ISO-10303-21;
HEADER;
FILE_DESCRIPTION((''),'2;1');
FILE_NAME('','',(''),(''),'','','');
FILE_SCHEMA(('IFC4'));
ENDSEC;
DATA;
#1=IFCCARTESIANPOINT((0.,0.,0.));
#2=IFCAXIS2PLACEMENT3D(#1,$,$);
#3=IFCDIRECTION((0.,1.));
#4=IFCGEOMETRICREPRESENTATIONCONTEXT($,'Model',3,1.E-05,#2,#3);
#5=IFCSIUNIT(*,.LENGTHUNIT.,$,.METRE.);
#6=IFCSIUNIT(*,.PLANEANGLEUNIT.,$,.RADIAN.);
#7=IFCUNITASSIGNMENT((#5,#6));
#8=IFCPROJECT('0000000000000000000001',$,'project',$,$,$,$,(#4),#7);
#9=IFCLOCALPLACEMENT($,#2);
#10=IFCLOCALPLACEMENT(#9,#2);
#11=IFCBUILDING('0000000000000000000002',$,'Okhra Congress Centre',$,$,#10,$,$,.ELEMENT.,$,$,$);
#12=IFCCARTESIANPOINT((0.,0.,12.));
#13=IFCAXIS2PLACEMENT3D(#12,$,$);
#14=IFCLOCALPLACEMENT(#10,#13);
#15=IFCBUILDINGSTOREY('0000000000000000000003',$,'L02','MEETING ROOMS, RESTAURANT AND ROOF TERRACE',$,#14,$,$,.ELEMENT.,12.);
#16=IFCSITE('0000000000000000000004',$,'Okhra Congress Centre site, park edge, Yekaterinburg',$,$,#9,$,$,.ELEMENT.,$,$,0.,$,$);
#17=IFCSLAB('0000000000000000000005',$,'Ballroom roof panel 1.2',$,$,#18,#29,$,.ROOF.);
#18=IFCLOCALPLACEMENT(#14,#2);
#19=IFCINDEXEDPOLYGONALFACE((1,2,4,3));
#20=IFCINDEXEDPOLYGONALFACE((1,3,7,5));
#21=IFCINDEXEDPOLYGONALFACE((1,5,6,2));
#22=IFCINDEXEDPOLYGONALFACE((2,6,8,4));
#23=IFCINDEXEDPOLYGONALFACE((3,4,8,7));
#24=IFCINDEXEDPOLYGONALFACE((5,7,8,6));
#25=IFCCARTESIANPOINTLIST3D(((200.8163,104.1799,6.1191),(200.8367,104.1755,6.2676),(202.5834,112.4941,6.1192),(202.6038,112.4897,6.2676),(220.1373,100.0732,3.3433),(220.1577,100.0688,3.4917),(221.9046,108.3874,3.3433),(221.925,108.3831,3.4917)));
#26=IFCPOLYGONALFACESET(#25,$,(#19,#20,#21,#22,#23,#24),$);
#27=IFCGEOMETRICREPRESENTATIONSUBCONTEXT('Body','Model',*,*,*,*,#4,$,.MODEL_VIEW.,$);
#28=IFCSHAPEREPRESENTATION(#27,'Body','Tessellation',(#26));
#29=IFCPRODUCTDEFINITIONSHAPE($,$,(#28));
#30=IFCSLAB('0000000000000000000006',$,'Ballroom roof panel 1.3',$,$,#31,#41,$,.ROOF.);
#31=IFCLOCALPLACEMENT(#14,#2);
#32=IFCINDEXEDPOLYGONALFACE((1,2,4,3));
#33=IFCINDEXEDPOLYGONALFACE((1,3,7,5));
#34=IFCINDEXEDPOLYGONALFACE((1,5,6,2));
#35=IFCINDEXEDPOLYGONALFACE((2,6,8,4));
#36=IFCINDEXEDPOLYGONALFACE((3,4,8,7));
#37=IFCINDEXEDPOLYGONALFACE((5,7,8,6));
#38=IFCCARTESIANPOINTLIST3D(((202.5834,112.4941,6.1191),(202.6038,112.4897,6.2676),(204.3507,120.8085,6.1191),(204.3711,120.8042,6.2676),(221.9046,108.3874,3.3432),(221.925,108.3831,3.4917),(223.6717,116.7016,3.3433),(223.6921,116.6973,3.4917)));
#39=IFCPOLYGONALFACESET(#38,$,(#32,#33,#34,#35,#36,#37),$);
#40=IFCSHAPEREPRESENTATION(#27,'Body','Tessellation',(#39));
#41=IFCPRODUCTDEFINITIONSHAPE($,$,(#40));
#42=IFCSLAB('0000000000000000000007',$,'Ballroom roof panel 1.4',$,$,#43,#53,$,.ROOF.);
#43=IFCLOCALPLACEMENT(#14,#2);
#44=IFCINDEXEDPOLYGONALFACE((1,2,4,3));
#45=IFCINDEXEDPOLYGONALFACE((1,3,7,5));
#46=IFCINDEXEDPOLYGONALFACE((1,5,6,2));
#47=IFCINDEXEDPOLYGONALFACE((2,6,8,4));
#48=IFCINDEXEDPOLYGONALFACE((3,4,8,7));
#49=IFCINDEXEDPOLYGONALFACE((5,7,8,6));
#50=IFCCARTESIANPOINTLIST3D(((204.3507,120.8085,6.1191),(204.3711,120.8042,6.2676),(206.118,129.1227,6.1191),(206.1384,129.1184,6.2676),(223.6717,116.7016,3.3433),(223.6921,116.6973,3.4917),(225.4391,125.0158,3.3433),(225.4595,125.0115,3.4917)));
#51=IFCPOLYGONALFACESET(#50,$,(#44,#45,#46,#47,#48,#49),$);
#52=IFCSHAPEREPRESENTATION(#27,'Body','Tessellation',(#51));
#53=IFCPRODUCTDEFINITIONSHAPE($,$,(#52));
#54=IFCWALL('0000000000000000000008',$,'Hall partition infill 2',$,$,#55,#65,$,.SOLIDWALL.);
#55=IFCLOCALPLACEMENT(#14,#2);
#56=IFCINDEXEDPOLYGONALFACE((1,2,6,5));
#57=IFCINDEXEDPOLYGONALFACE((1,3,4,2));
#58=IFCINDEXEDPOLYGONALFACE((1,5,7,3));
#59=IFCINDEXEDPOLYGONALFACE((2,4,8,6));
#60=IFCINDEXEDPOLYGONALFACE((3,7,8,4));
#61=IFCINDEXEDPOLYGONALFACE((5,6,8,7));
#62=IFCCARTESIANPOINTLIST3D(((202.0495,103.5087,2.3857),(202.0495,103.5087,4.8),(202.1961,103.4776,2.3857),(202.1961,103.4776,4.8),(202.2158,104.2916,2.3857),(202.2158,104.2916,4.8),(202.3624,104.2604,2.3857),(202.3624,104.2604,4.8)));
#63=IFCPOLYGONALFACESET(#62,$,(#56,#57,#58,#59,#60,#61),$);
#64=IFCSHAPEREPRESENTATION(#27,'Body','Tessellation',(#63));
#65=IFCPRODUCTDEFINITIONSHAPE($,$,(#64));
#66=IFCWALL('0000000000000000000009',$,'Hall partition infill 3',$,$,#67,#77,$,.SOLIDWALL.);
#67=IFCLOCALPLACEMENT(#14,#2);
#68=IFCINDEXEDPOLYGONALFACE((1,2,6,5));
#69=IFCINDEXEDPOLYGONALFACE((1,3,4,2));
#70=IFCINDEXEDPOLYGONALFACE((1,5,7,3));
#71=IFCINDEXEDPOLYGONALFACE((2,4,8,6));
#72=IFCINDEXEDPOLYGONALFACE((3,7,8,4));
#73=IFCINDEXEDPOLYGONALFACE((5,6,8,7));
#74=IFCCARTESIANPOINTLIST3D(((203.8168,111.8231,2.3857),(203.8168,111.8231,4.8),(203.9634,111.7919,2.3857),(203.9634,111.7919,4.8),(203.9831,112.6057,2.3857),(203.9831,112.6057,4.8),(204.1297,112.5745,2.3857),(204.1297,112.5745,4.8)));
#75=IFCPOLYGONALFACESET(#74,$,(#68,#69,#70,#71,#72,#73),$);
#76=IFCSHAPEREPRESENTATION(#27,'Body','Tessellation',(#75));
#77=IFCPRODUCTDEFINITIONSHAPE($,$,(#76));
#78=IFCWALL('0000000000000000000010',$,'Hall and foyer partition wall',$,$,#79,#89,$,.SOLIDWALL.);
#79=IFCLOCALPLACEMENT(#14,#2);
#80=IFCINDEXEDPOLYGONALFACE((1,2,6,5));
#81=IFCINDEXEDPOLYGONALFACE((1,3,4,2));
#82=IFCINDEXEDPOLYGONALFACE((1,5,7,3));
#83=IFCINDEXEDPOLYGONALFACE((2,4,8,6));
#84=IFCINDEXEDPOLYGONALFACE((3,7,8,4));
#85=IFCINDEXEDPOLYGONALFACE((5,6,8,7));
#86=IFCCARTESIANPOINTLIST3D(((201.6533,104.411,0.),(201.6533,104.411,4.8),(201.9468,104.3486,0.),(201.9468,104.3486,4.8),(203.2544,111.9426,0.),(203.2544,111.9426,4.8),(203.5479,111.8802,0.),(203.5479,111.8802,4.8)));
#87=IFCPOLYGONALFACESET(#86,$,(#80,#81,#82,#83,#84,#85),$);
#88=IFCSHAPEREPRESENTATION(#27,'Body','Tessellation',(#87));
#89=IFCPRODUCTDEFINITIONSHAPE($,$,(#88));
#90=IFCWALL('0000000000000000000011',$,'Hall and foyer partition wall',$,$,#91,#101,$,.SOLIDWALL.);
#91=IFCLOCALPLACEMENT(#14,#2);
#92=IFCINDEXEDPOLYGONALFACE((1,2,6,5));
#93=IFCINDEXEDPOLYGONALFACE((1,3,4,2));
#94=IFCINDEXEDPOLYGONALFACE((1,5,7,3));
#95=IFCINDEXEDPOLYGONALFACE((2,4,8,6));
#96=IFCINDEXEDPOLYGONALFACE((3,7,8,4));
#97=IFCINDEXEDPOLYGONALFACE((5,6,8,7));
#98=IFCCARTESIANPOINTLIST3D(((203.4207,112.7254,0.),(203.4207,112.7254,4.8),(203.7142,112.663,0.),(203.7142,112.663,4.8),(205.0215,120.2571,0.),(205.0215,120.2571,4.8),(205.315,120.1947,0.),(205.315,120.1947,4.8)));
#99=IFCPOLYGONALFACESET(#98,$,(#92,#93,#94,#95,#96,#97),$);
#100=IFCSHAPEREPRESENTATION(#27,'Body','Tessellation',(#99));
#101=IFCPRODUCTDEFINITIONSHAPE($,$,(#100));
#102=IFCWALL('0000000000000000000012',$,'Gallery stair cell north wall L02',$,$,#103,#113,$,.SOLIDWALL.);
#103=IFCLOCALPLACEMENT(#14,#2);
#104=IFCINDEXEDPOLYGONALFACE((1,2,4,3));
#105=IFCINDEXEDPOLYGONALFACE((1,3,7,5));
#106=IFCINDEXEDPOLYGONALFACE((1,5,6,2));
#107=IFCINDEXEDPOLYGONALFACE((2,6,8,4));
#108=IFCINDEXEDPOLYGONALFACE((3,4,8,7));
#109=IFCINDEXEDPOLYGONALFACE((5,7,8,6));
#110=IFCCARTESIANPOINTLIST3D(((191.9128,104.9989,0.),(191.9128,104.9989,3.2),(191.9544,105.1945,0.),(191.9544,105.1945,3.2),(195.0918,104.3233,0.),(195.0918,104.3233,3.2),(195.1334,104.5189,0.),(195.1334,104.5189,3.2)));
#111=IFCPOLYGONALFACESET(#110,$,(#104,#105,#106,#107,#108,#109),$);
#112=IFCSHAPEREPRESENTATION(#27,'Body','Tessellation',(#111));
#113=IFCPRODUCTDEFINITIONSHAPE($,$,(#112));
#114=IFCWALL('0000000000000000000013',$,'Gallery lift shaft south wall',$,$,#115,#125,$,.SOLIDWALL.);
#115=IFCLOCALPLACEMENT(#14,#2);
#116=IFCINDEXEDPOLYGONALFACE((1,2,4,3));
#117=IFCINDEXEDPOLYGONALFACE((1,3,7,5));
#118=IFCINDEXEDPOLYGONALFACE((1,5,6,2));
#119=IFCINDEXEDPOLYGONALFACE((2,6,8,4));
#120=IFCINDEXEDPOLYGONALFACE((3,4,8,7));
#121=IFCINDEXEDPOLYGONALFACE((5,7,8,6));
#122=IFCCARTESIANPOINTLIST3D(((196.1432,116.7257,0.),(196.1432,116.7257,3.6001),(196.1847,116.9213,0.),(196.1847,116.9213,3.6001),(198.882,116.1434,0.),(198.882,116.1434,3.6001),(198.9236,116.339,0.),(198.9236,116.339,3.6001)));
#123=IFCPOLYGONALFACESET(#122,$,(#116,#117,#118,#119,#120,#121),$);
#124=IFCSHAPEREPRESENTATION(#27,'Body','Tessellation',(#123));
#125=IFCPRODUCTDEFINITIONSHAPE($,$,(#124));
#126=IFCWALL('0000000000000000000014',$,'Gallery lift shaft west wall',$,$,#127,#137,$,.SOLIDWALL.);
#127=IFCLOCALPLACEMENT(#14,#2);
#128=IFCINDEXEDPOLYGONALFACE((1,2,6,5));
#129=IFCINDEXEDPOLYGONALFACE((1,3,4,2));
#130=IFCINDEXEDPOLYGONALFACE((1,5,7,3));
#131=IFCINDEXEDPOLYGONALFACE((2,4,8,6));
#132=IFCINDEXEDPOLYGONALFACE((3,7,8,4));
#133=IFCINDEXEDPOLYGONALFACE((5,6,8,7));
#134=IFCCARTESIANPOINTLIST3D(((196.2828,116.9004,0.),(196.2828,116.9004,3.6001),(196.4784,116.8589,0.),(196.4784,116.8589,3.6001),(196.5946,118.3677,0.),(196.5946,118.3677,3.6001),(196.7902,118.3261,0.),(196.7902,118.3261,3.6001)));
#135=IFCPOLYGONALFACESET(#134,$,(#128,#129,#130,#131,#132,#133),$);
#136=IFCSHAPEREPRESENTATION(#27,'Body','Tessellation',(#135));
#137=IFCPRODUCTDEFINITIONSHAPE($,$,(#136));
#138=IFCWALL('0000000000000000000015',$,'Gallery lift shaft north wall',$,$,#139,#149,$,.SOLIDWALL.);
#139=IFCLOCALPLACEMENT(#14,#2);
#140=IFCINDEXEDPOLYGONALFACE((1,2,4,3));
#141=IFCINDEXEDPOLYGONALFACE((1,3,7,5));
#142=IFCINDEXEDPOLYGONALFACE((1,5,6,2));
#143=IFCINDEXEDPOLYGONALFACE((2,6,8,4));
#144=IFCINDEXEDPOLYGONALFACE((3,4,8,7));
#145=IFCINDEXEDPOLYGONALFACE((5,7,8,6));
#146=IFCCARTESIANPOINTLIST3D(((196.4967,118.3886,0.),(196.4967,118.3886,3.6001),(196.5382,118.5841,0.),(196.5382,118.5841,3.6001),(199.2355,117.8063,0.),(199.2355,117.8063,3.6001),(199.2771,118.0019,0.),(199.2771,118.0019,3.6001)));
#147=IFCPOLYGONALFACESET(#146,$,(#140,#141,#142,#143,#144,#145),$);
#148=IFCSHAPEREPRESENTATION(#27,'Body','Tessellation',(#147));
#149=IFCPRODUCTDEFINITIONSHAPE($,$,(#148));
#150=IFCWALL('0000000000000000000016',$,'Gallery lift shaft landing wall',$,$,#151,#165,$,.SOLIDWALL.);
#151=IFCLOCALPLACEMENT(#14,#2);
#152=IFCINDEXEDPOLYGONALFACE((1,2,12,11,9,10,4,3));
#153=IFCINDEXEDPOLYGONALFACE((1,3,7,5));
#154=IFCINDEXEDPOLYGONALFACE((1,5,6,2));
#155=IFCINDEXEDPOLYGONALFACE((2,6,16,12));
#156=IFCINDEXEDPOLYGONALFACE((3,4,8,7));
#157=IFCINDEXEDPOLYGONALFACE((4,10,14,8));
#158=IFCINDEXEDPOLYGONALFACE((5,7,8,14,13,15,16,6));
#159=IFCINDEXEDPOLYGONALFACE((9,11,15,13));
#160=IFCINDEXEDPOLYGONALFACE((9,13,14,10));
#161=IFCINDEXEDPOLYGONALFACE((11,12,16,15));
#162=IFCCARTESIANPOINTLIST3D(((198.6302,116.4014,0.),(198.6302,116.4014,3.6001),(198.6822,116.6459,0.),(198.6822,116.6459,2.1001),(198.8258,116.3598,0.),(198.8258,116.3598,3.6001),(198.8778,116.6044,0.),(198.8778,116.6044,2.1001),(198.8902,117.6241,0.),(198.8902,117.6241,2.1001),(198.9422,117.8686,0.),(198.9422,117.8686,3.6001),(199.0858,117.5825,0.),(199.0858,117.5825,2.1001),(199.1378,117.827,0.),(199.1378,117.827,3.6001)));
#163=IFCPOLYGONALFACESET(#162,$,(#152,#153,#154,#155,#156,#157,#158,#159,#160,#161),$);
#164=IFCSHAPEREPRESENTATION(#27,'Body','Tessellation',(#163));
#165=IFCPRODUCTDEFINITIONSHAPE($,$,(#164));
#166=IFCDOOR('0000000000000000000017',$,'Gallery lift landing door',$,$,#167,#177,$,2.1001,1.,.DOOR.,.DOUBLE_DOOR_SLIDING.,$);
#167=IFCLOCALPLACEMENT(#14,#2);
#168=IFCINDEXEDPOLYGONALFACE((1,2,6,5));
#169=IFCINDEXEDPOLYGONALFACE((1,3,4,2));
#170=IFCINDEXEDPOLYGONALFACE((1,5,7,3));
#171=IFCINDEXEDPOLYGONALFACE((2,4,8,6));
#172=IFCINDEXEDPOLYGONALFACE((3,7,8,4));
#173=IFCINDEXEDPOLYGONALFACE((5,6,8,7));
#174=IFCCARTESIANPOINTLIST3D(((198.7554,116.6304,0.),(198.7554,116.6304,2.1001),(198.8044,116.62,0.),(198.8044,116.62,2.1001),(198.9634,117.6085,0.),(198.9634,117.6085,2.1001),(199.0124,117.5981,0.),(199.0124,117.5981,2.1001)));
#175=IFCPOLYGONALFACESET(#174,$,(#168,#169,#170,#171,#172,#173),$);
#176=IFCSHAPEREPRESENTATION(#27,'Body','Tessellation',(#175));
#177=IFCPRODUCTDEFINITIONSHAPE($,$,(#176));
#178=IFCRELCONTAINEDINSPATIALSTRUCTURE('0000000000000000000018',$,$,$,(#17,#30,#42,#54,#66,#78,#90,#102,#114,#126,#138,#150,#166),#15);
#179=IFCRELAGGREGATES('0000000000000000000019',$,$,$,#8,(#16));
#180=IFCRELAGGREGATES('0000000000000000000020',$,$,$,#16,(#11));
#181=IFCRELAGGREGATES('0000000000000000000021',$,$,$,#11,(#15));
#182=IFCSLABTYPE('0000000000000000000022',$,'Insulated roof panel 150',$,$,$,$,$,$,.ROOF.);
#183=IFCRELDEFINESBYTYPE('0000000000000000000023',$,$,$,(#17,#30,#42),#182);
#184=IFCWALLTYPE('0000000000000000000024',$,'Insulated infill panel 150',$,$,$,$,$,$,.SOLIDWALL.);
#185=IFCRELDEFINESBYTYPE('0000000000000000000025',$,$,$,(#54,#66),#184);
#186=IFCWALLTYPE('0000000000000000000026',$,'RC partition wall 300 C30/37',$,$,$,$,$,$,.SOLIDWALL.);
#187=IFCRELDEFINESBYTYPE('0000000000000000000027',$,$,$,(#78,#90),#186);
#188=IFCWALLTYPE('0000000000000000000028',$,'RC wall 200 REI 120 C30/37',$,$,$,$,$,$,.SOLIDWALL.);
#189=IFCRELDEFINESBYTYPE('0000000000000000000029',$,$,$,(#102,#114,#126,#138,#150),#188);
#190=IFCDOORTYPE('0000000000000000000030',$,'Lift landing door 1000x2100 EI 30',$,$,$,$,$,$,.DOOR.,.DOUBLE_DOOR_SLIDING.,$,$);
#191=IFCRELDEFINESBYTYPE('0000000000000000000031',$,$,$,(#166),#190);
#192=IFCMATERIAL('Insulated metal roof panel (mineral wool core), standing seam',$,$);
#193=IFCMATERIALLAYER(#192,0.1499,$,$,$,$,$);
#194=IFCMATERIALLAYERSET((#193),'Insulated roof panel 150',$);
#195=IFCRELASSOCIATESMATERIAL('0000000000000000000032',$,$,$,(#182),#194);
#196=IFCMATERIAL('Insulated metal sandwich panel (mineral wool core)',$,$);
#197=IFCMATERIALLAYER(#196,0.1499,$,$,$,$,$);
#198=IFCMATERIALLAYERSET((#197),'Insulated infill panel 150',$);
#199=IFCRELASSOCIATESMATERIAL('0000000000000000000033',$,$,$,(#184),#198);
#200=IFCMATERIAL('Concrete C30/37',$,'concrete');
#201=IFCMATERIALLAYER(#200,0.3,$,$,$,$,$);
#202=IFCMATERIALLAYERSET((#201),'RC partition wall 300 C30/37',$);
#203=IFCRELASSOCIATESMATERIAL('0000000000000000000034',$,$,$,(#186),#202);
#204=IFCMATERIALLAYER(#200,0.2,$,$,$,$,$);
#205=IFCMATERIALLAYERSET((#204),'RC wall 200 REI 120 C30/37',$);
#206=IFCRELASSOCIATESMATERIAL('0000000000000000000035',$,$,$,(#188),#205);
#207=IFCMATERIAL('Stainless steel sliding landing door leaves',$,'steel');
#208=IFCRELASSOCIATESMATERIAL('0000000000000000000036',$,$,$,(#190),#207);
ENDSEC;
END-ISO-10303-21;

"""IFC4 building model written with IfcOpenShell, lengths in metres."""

from ifc_helpers import new_model, si_unit, direction, frame, frame_2d, origin, place, context, subcontext, project, spatial, polyline, rectangle, outline, extrude, material, layer, layer_set, type_object, element, fill, save


model = new_model("IFC4")

# Units and contexts
model_context = context("Model", 3, precision=1e-05, world=origin(), true_north=direction((0.0, 1.0)))
body_context = subcontext(model_context, "Body", "Model", "MODEL_VIEW")
ifc_project = project(units=[si_unit("LENGTHUNIT", "METRE"), si_unit("PLANEANGLEUNIT", "RADIAN")], contexts=[model_context])

# Site, building, storey
site_placement = place(None, origin())
site = spatial("IfcSite", under=ifc_project, at=site_placement, Name="Okhra Congress Centre site, park edge, Yekaterinburg", CompositionType="ELEMENT", RefElevation=0.0)
building_placement = place(site_placement, origin())
building = spatial("IfcBuilding", under=site, at=building_placement, Name="Okhra Congress Centre", CompositionType="ELEMENT")
storey_placement = place(building_placement, frame((0.0, 0.0, 12.0)))
storey = spatial("IfcBuildingStorey", under=building, at=storey_placement, Name="L02", Description="MEETING ROOMS, RESTAURANT AND ROOF TERRACE", CompositionType="ELEMENT", Elevation=12.0)

# Slabs
ifc_material_1 = material(Name="Insulated metal roof panel (mineral wool core), standing seam")
ifc_layer_1 = layer(ifc_material_1, 0.1499)
ifc_layer_set_1 = layer_set([ifc_layer_1], Name="Insulated roof panel 150")
slab_type = type_object("IfcSlabType", Name="Insulated roof panel 150", PredefinedType="ROOF", material=ifc_layer_set_1)
slab_1_placement = place(storey_placement, frame((200.8367, 104.1755, 6.2676), z_axis=(0.136123, -0.028933, 0.990269), x_axis=(0.968631, -0.205883, -0.139164)))
element("IfcSlab", 1, at=slab_1_placement, inside=storey, type_object=slab_type, Name="Ballroom roof panel 1.2", PredefinedType="ROOF", context=body_context, shape_type="SweptSolid", body=[
    extrude(outline(polyline([(0.0, 0.0), (19.9468, 0.0), (19.9469, 8.5), (-0.0001, 8.4999), (0.0, 0.0)])), origin(), (0.0, 0.0, -1.0), 0.1499),
])
slab_2_placement = place(storey_placement, frame((202.6038, 112.4897, 6.2676), z_axis=(0.136123, -0.028933, 0.990269), x_axis=(0.968631, -0.20588, -0.139163)))
element("IfcSlab", 2, at=slab_2_placement, inside=storey, type_object=slab_type, Name="Ballroom roof panel 1.3", PredefinedType="ROOF", context=body_context, shape_type="SweptSolid", body=[
    extrude(outline(polyline([(0.0, 0.0), (19.947, 0.0), (19.9469, 8.4999), (0.0001, 8.5002), (0.0, 0.0)])), origin(), (0.0, 0.0, -1.0), 0.1499),
])
slab_3_placement = place(storey_placement, frame((204.3711, 120.8042, 6.2676), z_axis=(0.136123, -0.028935, 0.990269), x_axis=(0.968628, -0.205894, -0.139164)))
element("IfcSlab", 3, at=slab_3_placement, inside=storey, type_object=slab_type, Name="Ballroom roof panel 1.4", PredefinedType="ROOF", context=body_context, shape_type="SweptSolid", body=[
    extrude(outline(polyline([(0.0, 0.0), (19.9468, 0.0), (19.9469, 8.5), (0.0, 8.5), (0.0, 0.0)])), origin(), (0.0, 0.0, -1.0), 0.1499),
])

# Walls
ifc_material_2 = material(Name="Insulated metal sandwich panel (mineral wool core)")
ifc_layer_2 = layer(ifc_material_2, 0.1499)
ifc_layer_set_2 = layer_set([ifc_layer_2], Name="Insulated infill panel 150")
wall_type_1 = type_object("IfcWallType", Name="Insulated infill panel 150", PredefinedType="SOLIDWALL", material=ifc_layer_set_2)
wall_1_placement = place(storey_placement, frame((202.1228, 103.4932, 2.3857), z_axis=(0.0, 0.0, 1.0), x_axis=(0.207778, 0.978176, 0.0)))
element("IfcWall", 4, at=wall_1_placement, inside=storey, type_object=wall_type_1, Name="Hall partition infill 2", PredefinedType="SOLIDWALL", context=body_context, shape_type="SweptSolid", body=[
    extrude(rectangle(XDim=0.8003, YDim=0.1499, at=frame_2d((0.4001, 0.0))), origin(), (0.0, 0.0, 1.0), 2.4143),
])
wall_2_placement = place(storey_placement, frame((203.8901, 111.8076, 2.3857), z_axis=(0.0, 0.0, 1.0), x_axis=(0.207841, 0.978163, 0.0)))
element("IfcWall", 5, at=wall_2_placement, inside=storey, type_object=wall_type_1, Name="Hall partition infill 3", PredefinedType="SOLIDWALL", context=body_context, shape_type="SweptSolid", body=[
    extrude(rectangle(XDim=0.8, YDim=0.1499, at=frame_2d((0.3999, 0.0))), origin(), (0.0, 0.0, 1.0), 2.4143),
])
ifc_material_3 = material(Name="Concrete C30/37", Category="concrete")
ifc_layer_3 = layer(ifc_material_3, 0.3)
ifc_layer_set_3 = layer_set([ifc_layer_3], Name="RC partition wall 300 C30/37")
wall_type_2 = type_object("IfcWallType", Name="RC partition wall 300 C30/37", PredefinedType="SOLIDWALL", material=ifc_layer_set_3)
for number, where, z_axis, x_axis, name in (
    (6, (201.8, 104.3796, 0.0), (0.0, 0.0, 1.0), (0.207931, 0.978144, 0.0), "Hall and foyer partition wall"),
    (7, (203.5674, 112.6941, 0.0), (0.0, 0.0, 1.0), (0.2079, 0.97815, 0.0), "Hall and foyer partition wall"),
):
    element("IfcWall", number, at=place(storey_placement, frame(where, z_axis=z_axis, x_axis=x_axis)), inside=storey, type_object=wall_type_2, Name=name, PredefinedType="SOLIDWALL", context=body_context, shape_type="SweptSolid", body=[
        extrude(rectangle(XDim=7.7, YDim=0.3, at=frame_2d((3.8501, 0.0))), origin(), (0.0, 0.0, 1.0), 4.8),
    ])
ifc_layer_4 = layer(ifc_material_3, 0.2)
ifc_layer_set_4 = layer_set([ifc_layer_4], Name="RC wall 200 REI 120 C30/37")
wall_type_3 = type_object("IfcWallType", Name="RC wall 200 REI 120 C30/37", PredefinedType="SOLIDWALL", material=ifc_layer_set_4)
wall_3_placement = place(storey_placement, frame((191.9336, 105.0967, 0.0), z_axis=(0.0, 0.0, 1.0), x_axis=(0.978158, -0.207861, 0.0)))
element("IfcWall", 8, at=wall_3_placement, inside=storey, type_object=wall_type_3, Name="Gallery stair cell north wall L02", PredefinedType="SOLIDWALL", context=body_context, shape_type="SweptSolid", body=[
    extrude(rectangle(XDim=3.25, YDim=0.2, at=frame_2d((1.625, 0.0))), origin(), (0.0, 0.0, 1.0), 3.2),
])
wall_4_placement = place(storey_placement, frame((196.1641, 116.8235, 0.0), z_axis=(0.0, 0.0, 1.0), x_axis=(0.978138, -0.207957, 0.0)))
element("IfcWall", 9, at=wall_4_placement, inside=storey, type_object=wall_type_3, Name="Gallery lift shaft south wall", PredefinedType="SOLIDWALL", context=body_context, shape_type="SweptSolid", body=[
    extrude(rectangle(XDim=2.8, YDim=0.2, at=frame_2d((1.3999, 0.0))), origin(), (0.0, 0.0, 1.0), 3.6001),
])
wall_5_placement = place(storey_placement, frame((196.3806, 116.8796, 0.0), z_axis=(0.0, 0.0, 1.0), x_axis=(0.207839, 0.978163, 0.0)))
element("IfcWall", 10, at=wall_5_placement, inside=storey, type_object=wall_type_3, Name="Gallery lift shaft west wall", PredefinedType="SOLIDWALL", context=body_context, shape_type="SweptSolid", body=[
    extrude(rectangle(XDim=1.5, YDim=0.2, at=frame_2d((0.75, 0.0))), origin(), (0.0, 0.0, 1.0), 3.6001),
])
wall_6_placement = place(storey_placement, frame((196.5176, 118.4863, 0.0), z_axis=(0.0, 0.0, 1.0), x_axis=(0.978138, -0.207957, 0.0)))
element("IfcWall", 11, at=wall_6_placement, inside=storey, type_object=wall_type_3, Name="Gallery lift shaft north wall", PredefinedType="SOLIDWALL", context=body_context, shape_type="SweptSolid", body=[
    extrude(rectangle(XDim=2.8, YDim=0.2, at=frame_2d((1.3999, 0.0))), origin(), (0.0, 0.0, 1.0), 3.6001),
])

# Wall, opening, door
wall_7_placement = place(storey_placement, frame((198.728, 116.3806, 0.0), z_axis=(0.0, 0.0, 1.0), x_axis=(0.207995, 0.97813, 0.0)))
wall_7 = element("IfcWall", 12, at=wall_7_placement, inside=storey, type_object=wall_type_3, Name="Gallery lift shaft landing wall", PredefinedType="SOLIDWALL", context=body_context, shape_type="SweptSolid", body=[
    extrude(rectangle(XDim=1.5, YDim=0.2, at=frame_2d((0.75, 0.0))), origin(), (0.0, 0.0, 1.0), 3.6001),
])
opening_placement = place(wall_7_placement, frame((0.25, 0.0, 0.0)))
opening = element("IfcOpeningElement", 13, at=opening_placement, cuts=wall_7, PredefinedType="OPENING", context=body_context, shape_type="SweptSolid", body=[
    extrude(rectangle(XDim=1.0, YDim=2.1001, at=frame_2d((0.5, 1.05))), frame((0.0, 0.1099, 0.0), z_axis=(0.0, -1.0, 0.0), x_axis=(1.0, 0.0, 0.0)), (0.0, 0.0, 1.0), 0.22),
])
ifc_material_4 = material(Name="Stainless steel sliding landing door leaves", Category="steel")
door_type = type_object("IfcDoorType", Name="Lift landing door 1000x2100 EI 30", OperationType="DOUBLE_DOOR_SLIDING", PredefinedType="DOOR", material=ifc_material_4)
door_placement = place(opening_placement, frame((1.0, 0.0, 0.0), z_axis=(0.0, 0.0, 1.0), x_axis=(-1.0, 0.0, 0.0)))
door = element("IfcDoor", 14, at=door_placement, inside=storey, type_object=door_type, Name="Gallery lift landing door", OperationType="DOUBLE_DOOR_SLIDING", OverallHeight=2.1001, OverallWidth=1.0, PredefinedType="DOOR", context=body_context, shape_type="SweptSolid", body=[
    extrude(rectangle(XDim=1.0, YDim=2.1001, at=frame_2d((0.5, 1.05))), frame((0.0, 0.0249, 0.0), z_axis=(0.0, -1.0, 0.0), x_axis=(1.0, 0.0, 0.0)), (0.0, 0.0, 1.0), 0.05),
])
fill(opening, door)

save(model, "model.ifc")
